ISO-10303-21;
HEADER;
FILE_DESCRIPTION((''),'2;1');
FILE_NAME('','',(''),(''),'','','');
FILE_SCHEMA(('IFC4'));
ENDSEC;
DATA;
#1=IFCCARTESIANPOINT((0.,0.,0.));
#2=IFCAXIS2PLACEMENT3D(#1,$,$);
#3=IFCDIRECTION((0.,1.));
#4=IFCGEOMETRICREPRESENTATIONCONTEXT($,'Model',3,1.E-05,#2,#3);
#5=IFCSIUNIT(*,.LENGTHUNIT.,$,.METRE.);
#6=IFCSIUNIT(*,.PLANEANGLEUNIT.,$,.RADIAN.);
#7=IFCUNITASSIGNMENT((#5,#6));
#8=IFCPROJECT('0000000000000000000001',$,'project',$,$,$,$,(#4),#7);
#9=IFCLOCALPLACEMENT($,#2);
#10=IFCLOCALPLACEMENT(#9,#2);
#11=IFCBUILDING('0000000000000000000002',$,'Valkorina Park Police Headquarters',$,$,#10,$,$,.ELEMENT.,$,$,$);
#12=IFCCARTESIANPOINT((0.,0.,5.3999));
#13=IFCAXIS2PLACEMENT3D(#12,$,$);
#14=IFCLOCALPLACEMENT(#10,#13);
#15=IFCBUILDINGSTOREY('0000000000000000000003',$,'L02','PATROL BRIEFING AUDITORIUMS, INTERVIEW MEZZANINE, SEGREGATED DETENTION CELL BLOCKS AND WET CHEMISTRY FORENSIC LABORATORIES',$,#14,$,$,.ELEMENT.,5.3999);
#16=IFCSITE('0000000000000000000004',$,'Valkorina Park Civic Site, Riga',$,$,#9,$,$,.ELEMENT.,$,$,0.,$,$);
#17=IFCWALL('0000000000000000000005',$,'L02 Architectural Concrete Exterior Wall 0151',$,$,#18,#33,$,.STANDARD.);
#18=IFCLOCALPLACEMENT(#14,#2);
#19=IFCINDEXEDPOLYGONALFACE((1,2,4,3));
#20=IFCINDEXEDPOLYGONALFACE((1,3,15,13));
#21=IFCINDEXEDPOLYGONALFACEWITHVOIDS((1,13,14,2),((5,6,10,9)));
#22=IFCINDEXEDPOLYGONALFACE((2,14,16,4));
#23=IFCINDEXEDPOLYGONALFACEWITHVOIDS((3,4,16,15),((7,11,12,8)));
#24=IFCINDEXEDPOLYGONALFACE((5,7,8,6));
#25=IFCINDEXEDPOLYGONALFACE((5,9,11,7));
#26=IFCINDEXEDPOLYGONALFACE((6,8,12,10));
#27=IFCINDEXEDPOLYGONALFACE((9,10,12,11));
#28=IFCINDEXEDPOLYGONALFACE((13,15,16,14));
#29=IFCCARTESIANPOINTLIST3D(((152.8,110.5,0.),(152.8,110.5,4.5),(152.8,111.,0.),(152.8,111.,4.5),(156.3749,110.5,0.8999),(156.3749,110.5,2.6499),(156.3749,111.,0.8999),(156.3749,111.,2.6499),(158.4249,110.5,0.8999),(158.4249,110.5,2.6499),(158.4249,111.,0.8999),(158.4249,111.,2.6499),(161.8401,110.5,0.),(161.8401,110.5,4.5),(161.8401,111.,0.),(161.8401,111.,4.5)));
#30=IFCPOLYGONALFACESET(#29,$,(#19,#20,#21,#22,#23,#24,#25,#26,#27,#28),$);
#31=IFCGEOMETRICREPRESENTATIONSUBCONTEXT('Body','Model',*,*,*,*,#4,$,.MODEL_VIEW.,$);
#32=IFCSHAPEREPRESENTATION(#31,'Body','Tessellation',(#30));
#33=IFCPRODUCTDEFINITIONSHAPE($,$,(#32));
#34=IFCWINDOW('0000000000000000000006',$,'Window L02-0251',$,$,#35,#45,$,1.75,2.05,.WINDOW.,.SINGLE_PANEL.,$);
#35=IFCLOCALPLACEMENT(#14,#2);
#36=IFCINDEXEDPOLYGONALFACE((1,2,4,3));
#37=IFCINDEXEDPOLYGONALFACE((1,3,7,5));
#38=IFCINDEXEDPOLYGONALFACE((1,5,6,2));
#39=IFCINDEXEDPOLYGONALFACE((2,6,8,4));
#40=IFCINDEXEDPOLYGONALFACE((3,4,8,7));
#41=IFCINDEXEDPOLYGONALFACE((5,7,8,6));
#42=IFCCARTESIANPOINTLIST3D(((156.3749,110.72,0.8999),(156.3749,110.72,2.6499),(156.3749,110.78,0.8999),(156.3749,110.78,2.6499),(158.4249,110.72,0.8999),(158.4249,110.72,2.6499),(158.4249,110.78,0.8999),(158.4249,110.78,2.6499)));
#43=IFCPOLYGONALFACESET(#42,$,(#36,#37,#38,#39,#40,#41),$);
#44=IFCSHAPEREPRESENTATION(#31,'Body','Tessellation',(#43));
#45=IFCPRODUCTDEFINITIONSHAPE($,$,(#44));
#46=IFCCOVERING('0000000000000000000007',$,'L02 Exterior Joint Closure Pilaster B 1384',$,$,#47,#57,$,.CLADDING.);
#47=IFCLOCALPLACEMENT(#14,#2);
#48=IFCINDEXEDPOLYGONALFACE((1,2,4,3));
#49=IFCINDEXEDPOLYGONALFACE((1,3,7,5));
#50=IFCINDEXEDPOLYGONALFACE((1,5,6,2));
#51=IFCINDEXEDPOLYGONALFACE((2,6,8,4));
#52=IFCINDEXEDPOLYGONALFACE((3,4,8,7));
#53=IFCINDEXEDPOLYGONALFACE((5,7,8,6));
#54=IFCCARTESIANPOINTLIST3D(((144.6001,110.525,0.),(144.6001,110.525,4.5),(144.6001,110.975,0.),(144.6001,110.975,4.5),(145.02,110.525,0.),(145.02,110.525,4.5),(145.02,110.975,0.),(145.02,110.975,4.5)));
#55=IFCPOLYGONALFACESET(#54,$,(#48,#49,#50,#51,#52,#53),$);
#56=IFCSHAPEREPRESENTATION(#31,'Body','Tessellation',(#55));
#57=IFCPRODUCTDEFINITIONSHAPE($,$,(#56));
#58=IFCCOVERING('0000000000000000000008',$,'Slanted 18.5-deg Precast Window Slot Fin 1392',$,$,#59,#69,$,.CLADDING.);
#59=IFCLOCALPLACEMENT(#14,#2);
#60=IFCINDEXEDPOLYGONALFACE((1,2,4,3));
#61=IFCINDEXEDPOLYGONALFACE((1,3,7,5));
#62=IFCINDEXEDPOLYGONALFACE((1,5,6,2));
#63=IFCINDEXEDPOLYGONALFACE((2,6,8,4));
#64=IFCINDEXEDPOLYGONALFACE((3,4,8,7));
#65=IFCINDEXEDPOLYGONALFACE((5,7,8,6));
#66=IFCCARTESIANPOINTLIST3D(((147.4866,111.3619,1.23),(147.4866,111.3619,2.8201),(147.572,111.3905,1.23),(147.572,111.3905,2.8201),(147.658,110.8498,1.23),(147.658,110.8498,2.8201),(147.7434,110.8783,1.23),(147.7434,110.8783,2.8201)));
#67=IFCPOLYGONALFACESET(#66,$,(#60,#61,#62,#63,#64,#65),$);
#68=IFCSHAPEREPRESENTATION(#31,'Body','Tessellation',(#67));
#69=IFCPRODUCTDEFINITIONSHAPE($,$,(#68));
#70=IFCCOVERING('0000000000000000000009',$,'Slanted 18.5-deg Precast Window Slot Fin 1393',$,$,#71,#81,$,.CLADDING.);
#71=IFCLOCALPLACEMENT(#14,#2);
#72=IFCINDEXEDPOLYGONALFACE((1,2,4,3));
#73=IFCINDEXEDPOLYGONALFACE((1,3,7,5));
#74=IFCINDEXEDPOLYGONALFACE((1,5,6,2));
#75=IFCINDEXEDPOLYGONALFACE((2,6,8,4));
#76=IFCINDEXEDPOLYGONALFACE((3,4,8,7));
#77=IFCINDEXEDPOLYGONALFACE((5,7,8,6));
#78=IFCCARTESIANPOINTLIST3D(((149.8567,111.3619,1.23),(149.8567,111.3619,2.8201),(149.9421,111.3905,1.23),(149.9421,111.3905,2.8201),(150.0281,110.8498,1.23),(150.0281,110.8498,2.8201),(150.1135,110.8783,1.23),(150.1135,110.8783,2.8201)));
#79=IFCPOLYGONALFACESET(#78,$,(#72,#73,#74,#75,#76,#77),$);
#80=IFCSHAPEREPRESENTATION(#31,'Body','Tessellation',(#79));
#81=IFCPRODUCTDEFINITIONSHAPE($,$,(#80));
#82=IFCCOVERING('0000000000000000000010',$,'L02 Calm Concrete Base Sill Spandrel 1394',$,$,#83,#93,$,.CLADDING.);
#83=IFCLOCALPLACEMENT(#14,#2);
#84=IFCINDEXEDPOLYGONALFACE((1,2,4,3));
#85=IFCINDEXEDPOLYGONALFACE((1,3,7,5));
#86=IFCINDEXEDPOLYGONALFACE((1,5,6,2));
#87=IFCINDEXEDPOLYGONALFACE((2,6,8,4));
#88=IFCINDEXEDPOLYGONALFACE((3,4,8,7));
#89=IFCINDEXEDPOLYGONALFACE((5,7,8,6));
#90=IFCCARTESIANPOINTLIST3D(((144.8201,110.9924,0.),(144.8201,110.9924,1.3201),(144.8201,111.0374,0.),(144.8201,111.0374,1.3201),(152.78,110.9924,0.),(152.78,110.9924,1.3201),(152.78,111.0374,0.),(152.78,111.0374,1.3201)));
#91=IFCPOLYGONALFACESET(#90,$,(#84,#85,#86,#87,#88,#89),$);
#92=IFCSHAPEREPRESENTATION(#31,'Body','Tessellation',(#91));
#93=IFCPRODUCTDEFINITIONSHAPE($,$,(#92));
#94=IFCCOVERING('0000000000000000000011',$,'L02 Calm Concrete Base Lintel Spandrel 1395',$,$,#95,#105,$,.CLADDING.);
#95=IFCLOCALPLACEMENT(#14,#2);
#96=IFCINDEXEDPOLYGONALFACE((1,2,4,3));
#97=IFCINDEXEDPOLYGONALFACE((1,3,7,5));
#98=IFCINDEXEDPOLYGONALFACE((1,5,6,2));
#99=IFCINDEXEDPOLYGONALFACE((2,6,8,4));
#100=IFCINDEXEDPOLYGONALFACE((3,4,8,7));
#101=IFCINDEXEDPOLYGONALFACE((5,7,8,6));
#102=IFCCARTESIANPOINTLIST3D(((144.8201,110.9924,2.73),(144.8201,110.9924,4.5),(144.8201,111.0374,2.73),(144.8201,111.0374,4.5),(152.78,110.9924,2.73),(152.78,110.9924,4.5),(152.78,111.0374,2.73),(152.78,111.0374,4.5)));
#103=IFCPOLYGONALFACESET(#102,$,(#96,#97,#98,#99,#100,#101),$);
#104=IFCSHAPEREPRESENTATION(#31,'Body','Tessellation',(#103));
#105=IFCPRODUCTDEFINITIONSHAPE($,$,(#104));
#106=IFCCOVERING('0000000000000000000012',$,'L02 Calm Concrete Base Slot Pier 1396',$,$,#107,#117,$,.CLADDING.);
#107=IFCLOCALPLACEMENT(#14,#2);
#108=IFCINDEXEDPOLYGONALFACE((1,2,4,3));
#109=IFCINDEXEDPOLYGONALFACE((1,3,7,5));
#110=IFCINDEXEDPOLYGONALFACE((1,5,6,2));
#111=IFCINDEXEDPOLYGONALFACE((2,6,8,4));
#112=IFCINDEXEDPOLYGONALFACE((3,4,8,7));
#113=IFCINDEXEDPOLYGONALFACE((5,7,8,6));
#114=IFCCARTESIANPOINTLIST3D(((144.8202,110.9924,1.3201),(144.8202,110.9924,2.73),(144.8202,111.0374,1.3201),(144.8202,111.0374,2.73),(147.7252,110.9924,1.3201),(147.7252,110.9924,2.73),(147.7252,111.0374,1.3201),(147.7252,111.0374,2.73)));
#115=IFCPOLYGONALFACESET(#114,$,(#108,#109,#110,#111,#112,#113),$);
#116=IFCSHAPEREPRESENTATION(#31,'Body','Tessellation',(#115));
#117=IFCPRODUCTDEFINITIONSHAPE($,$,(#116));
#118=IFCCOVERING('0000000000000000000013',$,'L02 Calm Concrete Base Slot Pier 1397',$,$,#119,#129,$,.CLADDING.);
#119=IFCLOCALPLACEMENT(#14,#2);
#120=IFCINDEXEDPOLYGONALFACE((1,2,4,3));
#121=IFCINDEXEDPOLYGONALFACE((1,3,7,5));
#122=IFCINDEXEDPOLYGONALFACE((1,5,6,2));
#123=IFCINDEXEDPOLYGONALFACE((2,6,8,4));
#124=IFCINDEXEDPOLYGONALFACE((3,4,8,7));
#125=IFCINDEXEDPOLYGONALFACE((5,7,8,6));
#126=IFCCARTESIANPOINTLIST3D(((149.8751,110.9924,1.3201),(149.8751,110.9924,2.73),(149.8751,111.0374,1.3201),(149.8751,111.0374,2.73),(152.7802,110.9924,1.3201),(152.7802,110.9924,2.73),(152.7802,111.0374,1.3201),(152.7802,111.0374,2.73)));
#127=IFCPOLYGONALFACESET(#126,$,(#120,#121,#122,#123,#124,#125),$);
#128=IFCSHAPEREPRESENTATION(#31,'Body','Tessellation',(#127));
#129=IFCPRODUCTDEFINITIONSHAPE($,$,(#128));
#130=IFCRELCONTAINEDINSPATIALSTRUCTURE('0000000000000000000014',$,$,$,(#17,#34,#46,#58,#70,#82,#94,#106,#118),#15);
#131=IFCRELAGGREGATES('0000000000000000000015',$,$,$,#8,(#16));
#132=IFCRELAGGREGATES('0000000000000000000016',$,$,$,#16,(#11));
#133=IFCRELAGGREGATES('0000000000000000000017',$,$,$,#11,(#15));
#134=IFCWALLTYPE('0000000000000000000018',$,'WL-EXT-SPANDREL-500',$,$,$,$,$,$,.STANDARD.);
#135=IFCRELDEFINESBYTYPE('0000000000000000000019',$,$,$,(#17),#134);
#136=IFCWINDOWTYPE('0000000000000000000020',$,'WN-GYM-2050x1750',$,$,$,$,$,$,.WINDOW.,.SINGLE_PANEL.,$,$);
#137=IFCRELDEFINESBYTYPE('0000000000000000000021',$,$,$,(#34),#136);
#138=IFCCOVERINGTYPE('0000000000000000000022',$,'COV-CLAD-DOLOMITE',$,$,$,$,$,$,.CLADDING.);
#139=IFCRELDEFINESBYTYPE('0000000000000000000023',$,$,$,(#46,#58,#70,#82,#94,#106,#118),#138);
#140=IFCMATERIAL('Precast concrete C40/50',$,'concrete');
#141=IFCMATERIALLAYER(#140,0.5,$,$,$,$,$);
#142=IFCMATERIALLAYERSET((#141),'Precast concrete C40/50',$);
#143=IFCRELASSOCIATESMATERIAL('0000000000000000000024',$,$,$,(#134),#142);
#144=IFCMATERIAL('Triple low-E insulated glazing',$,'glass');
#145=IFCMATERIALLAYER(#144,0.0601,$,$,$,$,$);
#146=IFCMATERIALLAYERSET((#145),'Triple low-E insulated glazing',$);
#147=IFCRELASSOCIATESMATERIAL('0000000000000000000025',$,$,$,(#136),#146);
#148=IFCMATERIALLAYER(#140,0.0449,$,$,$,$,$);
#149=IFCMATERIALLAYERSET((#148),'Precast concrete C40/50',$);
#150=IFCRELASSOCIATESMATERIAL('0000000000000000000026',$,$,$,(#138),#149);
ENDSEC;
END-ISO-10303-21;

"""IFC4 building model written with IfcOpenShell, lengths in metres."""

from ifc_helpers import new_model, si_unit, direction, frame, frame_2d, origin, origin_2d, place, context, subcontext, project, spatial, rectangle, extrude, material, layer, layer_set, type_object, element, fill, save


model = new_model("IFC4")

# Units and contexts
model_context = context("Model", 3, precision=1e-05, world=origin(), true_north=direction((0.0, 1.0)))
body_context = subcontext(model_context, "Body", "Model", "MODEL_VIEW")
ifc_project = project(units=[si_unit("LENGTHUNIT", "METRE"), si_unit("PLANEANGLEUNIT", "RADIAN")], contexts=[model_context])

# Site, building, storey
site_placement = place(None, origin())
site = spatial("IfcSite", under=ifc_project, at=site_placement, Name="Valkorina Park Civic Site, Riga", CompositionType="ELEMENT", RefElevation=0.0)
building_placement = place(site_placement, origin())
building = spatial("IfcBuilding", under=site, at=building_placement, Name="Valkorina Park Police Headquarters", CompositionType="ELEMENT")
storey_placement = place(building_placement, frame((0.0, 0.0, 5.3999)))
storey = spatial("IfcBuildingStorey", under=building, at=storey_placement, Name="L02", Description="PATROL BRIEFING AUDITORIUMS, INTERVIEW MEZZANINE, SEGREGATED DETENTION CELL BLOCKS AND WET CHEMISTRY FORENSIC LABORATORIES", CompositionType="ELEMENT", Elevation=5.3999)

# Wall, opening, window
ifc_material_1 = material(Name="Precast concrete C40/50", Category="concrete")
ifc_layer_1 = layer(ifc_material_1, 0.5)
ifc_layer_set_1 = layer_set([ifc_layer_1], Name="Precast concrete C40/50")
wall_type = type_object("IfcWallType", Name="WL-EXT-SPANDREL-500", PredefinedType="STANDARD", material=ifc_layer_set_1)
ifc_material_2 = material(Name="Triple low-E insulated glazing", Category="glass")
wall_1_placement = place(storey_placement, frame((152.8, 110.75, 0.0), z_axis=(0.0, 0.0, 1.0), x_axis=(1.0, 0.0, 0.0)))
wall_1 = element("IfcWall", 1, at=wall_1_placement, inside=storey, type_object=wall_type, Name="L02 Architectural Concrete Exterior Wall 0151", PredefinedType="STANDARD", context=body_context, shape_type="SweptSolid", body=[
    extrude(rectangle(XDim=9.04, YDim=0.5, at=frame_2d((4.52, 0.0))), origin(), (0.0, 0.0, 1.0), 4.5),
])
opening_1_placement = place(wall_1_placement, frame((3.575, 0.0, 0.8999)))
opening_1 = element("IfcOpeningElement", 2, at=opening_1_placement, cuts=wall_1, PredefinedType="OPENING", context=body_context, shape_type="SweptSolid", body=[
    extrude(rectangle(XDim=2.05, YDim=1.75, at=frame_2d((1.0249, 0.875))), frame((0.0, 0.26, 0.0), z_axis=(0.0, -1.0, 0.0), x_axis=(1.0, 0.0, 0.0)), (0.0, 0.0, 1.0), 0.52),
])
ifc_layer_2 = layer(ifc_material_2, 0.0601)
ifc_layer_set_2 = layer_set([ifc_layer_2], Name="Triple low-E insulated glazing")
window_type_1 = type_object("IfcWindowType", Name="WN-GYM-2050x1750", PartitioningType="SINGLE_PANEL", PredefinedType="WINDOW", material=ifc_layer_set_2)
window_1_placement = place(opening_1_placement, origin())
window_1 = element("IfcWindow", 3, at=window_1_placement, inside=storey, type_object=window_type_1, Name="Window L02-0251", OverallHeight=1.75, OverallWidth=2.05, PartitioningType="SINGLE_PANEL", PredefinedType="WINDOW", context=body_context, shape_type="SweptSolid", body=[
    extrude(rectangle(XDim=2.05, YDim=1.75, at=frame_2d((1.0249, 0.875))), frame((0.0, 0.03, 0.0), z_axis=(0.0, -1.0, 0.0), x_axis=(1.0, 0.0, 0.0)), (0.0, 0.0, 1.0), 0.0601),
])
fill(opening_1, window_1)

# Coverings
ifc_layer_3 = layer(ifc_material_1, 0.0449)
ifc_layer_set_3 = layer_set([ifc_layer_3], Name="Precast concrete C40/50")
covering_type = type_object("IfcCoveringType", Name="COV-CLAD-DOLOMITE", PredefinedType="CLADDING", material=ifc_layer_set_3)
covering_1_placement = place(storey_placement, frame((144.8101, 110.75, 0.0), z_axis=(0.0, 0.0, 1.0), x_axis=(1.0, 0.0, 0.0)))
element("IfcCovering", 4, at=covering_1_placement, inside=storey, type_object=covering_type, Name="L02 Exterior Joint Closure Pilaster B 1384", PredefinedType="CLADDING", context=body_context, shape_type="SweptSolid", body=[
    extrude(rectangle(XDim=0.4199, YDim=0.45, at=origin_2d()), origin(), (0.0, 0.0, 1.0), 4.5),
])
for number, where, z_axis, x_axis, name in (
    (5, (147.615, 111.1201, 1.23), (0.0, 0.0, 1.0), (-0.317305, 0.948324, 0.0), "Slanted 18.5-deg Precast Window Slot Fin 1392"),
    (6, (149.9851, 111.1201, 1.23), (0.0, 0.0, 1.0), (-0.317305, 0.948324, 0.0), "Slanted 18.5-deg Precast Window Slot Fin 1393"),
):
    element("IfcCovering", number, at=place(storey_placement, frame(where, z_axis=z_axis, x_axis=x_axis)), inside=storey, type_object=covering_type, Name=name, PredefinedType="CLADDING", context=body_context, shape_type="SweptSolid", body=[
        extrude(rectangle(XDim=0.54, YDim=0.0901, at=origin_2d()), origin(), (0.0, 0.0, 1.0), 1.5901),
    ])
covering_2_placement = place(storey_placement, frame((144.8201, 111.0149, 0.0), z_axis=(0.0, 0.0, 1.0), x_axis=(1.0, 0.0, 0.0)))
element("IfcCovering", 7, at=covering_2_placement, inside=storey, type_object=covering_type, Name="L02 Calm Concrete Base Sill Spandrel 1394", PredefinedType="CLADDING", context=body_context, shape_type="SweptSolid", body=[
    extrude(rectangle(XDim=7.96, YDim=0.0449, at=frame_2d((3.98, 0.0))), origin(), (0.0, 0.0, 1.0), 1.3201),
])
covering_3_placement = place(storey_placement, frame((144.8201, 111.0149, 2.73), z_axis=(0.0, 0.0, 1.0), x_axis=(1.0, 0.0, 0.0)))
element("IfcCovering", 8, at=covering_3_placement, inside=storey, type_object=covering_type, Name="L02 Calm Concrete Base Lintel Spandrel 1395", PredefinedType="CLADDING", context=body_context, shape_type="SweptSolid", body=[
    extrude(rectangle(XDim=7.96, YDim=0.0449, at=frame_2d((3.98, 0.0))), origin(), (0.0, 0.0, 1.0), 1.77),
])
for number, where, z_axis, x_axis, name in (
    (9, (144.8201, 111.0149, 1.3201), (0.0, 0.0, 1.0), (1.0, 0.0, 0.0), "L02 Calm Concrete Base Slot Pier 1396"),
    (10, (149.875, 111.0149, 1.3201), (0.0, 0.0, 1.0), (1.0, 0.0, 0.0), "L02 Calm Concrete Base Slot Pier 1397"),
):
    element("IfcCovering", number, at=place(storey_placement, frame(where, z_axis=z_axis, x_axis=x_axis)), inside=storey, type_object=covering_type, Name=name, PredefinedType="CLADDING", context=body_context, shape_type="SweptSolid", body=[
        extrude(rectangle(XDim=2.905, YDim=0.0449, at=frame_2d((1.4526, 0.0))), origin(), (0.0, 0.0, 1.0), 1.4099),
    ])

save(model, "model.ifc")
